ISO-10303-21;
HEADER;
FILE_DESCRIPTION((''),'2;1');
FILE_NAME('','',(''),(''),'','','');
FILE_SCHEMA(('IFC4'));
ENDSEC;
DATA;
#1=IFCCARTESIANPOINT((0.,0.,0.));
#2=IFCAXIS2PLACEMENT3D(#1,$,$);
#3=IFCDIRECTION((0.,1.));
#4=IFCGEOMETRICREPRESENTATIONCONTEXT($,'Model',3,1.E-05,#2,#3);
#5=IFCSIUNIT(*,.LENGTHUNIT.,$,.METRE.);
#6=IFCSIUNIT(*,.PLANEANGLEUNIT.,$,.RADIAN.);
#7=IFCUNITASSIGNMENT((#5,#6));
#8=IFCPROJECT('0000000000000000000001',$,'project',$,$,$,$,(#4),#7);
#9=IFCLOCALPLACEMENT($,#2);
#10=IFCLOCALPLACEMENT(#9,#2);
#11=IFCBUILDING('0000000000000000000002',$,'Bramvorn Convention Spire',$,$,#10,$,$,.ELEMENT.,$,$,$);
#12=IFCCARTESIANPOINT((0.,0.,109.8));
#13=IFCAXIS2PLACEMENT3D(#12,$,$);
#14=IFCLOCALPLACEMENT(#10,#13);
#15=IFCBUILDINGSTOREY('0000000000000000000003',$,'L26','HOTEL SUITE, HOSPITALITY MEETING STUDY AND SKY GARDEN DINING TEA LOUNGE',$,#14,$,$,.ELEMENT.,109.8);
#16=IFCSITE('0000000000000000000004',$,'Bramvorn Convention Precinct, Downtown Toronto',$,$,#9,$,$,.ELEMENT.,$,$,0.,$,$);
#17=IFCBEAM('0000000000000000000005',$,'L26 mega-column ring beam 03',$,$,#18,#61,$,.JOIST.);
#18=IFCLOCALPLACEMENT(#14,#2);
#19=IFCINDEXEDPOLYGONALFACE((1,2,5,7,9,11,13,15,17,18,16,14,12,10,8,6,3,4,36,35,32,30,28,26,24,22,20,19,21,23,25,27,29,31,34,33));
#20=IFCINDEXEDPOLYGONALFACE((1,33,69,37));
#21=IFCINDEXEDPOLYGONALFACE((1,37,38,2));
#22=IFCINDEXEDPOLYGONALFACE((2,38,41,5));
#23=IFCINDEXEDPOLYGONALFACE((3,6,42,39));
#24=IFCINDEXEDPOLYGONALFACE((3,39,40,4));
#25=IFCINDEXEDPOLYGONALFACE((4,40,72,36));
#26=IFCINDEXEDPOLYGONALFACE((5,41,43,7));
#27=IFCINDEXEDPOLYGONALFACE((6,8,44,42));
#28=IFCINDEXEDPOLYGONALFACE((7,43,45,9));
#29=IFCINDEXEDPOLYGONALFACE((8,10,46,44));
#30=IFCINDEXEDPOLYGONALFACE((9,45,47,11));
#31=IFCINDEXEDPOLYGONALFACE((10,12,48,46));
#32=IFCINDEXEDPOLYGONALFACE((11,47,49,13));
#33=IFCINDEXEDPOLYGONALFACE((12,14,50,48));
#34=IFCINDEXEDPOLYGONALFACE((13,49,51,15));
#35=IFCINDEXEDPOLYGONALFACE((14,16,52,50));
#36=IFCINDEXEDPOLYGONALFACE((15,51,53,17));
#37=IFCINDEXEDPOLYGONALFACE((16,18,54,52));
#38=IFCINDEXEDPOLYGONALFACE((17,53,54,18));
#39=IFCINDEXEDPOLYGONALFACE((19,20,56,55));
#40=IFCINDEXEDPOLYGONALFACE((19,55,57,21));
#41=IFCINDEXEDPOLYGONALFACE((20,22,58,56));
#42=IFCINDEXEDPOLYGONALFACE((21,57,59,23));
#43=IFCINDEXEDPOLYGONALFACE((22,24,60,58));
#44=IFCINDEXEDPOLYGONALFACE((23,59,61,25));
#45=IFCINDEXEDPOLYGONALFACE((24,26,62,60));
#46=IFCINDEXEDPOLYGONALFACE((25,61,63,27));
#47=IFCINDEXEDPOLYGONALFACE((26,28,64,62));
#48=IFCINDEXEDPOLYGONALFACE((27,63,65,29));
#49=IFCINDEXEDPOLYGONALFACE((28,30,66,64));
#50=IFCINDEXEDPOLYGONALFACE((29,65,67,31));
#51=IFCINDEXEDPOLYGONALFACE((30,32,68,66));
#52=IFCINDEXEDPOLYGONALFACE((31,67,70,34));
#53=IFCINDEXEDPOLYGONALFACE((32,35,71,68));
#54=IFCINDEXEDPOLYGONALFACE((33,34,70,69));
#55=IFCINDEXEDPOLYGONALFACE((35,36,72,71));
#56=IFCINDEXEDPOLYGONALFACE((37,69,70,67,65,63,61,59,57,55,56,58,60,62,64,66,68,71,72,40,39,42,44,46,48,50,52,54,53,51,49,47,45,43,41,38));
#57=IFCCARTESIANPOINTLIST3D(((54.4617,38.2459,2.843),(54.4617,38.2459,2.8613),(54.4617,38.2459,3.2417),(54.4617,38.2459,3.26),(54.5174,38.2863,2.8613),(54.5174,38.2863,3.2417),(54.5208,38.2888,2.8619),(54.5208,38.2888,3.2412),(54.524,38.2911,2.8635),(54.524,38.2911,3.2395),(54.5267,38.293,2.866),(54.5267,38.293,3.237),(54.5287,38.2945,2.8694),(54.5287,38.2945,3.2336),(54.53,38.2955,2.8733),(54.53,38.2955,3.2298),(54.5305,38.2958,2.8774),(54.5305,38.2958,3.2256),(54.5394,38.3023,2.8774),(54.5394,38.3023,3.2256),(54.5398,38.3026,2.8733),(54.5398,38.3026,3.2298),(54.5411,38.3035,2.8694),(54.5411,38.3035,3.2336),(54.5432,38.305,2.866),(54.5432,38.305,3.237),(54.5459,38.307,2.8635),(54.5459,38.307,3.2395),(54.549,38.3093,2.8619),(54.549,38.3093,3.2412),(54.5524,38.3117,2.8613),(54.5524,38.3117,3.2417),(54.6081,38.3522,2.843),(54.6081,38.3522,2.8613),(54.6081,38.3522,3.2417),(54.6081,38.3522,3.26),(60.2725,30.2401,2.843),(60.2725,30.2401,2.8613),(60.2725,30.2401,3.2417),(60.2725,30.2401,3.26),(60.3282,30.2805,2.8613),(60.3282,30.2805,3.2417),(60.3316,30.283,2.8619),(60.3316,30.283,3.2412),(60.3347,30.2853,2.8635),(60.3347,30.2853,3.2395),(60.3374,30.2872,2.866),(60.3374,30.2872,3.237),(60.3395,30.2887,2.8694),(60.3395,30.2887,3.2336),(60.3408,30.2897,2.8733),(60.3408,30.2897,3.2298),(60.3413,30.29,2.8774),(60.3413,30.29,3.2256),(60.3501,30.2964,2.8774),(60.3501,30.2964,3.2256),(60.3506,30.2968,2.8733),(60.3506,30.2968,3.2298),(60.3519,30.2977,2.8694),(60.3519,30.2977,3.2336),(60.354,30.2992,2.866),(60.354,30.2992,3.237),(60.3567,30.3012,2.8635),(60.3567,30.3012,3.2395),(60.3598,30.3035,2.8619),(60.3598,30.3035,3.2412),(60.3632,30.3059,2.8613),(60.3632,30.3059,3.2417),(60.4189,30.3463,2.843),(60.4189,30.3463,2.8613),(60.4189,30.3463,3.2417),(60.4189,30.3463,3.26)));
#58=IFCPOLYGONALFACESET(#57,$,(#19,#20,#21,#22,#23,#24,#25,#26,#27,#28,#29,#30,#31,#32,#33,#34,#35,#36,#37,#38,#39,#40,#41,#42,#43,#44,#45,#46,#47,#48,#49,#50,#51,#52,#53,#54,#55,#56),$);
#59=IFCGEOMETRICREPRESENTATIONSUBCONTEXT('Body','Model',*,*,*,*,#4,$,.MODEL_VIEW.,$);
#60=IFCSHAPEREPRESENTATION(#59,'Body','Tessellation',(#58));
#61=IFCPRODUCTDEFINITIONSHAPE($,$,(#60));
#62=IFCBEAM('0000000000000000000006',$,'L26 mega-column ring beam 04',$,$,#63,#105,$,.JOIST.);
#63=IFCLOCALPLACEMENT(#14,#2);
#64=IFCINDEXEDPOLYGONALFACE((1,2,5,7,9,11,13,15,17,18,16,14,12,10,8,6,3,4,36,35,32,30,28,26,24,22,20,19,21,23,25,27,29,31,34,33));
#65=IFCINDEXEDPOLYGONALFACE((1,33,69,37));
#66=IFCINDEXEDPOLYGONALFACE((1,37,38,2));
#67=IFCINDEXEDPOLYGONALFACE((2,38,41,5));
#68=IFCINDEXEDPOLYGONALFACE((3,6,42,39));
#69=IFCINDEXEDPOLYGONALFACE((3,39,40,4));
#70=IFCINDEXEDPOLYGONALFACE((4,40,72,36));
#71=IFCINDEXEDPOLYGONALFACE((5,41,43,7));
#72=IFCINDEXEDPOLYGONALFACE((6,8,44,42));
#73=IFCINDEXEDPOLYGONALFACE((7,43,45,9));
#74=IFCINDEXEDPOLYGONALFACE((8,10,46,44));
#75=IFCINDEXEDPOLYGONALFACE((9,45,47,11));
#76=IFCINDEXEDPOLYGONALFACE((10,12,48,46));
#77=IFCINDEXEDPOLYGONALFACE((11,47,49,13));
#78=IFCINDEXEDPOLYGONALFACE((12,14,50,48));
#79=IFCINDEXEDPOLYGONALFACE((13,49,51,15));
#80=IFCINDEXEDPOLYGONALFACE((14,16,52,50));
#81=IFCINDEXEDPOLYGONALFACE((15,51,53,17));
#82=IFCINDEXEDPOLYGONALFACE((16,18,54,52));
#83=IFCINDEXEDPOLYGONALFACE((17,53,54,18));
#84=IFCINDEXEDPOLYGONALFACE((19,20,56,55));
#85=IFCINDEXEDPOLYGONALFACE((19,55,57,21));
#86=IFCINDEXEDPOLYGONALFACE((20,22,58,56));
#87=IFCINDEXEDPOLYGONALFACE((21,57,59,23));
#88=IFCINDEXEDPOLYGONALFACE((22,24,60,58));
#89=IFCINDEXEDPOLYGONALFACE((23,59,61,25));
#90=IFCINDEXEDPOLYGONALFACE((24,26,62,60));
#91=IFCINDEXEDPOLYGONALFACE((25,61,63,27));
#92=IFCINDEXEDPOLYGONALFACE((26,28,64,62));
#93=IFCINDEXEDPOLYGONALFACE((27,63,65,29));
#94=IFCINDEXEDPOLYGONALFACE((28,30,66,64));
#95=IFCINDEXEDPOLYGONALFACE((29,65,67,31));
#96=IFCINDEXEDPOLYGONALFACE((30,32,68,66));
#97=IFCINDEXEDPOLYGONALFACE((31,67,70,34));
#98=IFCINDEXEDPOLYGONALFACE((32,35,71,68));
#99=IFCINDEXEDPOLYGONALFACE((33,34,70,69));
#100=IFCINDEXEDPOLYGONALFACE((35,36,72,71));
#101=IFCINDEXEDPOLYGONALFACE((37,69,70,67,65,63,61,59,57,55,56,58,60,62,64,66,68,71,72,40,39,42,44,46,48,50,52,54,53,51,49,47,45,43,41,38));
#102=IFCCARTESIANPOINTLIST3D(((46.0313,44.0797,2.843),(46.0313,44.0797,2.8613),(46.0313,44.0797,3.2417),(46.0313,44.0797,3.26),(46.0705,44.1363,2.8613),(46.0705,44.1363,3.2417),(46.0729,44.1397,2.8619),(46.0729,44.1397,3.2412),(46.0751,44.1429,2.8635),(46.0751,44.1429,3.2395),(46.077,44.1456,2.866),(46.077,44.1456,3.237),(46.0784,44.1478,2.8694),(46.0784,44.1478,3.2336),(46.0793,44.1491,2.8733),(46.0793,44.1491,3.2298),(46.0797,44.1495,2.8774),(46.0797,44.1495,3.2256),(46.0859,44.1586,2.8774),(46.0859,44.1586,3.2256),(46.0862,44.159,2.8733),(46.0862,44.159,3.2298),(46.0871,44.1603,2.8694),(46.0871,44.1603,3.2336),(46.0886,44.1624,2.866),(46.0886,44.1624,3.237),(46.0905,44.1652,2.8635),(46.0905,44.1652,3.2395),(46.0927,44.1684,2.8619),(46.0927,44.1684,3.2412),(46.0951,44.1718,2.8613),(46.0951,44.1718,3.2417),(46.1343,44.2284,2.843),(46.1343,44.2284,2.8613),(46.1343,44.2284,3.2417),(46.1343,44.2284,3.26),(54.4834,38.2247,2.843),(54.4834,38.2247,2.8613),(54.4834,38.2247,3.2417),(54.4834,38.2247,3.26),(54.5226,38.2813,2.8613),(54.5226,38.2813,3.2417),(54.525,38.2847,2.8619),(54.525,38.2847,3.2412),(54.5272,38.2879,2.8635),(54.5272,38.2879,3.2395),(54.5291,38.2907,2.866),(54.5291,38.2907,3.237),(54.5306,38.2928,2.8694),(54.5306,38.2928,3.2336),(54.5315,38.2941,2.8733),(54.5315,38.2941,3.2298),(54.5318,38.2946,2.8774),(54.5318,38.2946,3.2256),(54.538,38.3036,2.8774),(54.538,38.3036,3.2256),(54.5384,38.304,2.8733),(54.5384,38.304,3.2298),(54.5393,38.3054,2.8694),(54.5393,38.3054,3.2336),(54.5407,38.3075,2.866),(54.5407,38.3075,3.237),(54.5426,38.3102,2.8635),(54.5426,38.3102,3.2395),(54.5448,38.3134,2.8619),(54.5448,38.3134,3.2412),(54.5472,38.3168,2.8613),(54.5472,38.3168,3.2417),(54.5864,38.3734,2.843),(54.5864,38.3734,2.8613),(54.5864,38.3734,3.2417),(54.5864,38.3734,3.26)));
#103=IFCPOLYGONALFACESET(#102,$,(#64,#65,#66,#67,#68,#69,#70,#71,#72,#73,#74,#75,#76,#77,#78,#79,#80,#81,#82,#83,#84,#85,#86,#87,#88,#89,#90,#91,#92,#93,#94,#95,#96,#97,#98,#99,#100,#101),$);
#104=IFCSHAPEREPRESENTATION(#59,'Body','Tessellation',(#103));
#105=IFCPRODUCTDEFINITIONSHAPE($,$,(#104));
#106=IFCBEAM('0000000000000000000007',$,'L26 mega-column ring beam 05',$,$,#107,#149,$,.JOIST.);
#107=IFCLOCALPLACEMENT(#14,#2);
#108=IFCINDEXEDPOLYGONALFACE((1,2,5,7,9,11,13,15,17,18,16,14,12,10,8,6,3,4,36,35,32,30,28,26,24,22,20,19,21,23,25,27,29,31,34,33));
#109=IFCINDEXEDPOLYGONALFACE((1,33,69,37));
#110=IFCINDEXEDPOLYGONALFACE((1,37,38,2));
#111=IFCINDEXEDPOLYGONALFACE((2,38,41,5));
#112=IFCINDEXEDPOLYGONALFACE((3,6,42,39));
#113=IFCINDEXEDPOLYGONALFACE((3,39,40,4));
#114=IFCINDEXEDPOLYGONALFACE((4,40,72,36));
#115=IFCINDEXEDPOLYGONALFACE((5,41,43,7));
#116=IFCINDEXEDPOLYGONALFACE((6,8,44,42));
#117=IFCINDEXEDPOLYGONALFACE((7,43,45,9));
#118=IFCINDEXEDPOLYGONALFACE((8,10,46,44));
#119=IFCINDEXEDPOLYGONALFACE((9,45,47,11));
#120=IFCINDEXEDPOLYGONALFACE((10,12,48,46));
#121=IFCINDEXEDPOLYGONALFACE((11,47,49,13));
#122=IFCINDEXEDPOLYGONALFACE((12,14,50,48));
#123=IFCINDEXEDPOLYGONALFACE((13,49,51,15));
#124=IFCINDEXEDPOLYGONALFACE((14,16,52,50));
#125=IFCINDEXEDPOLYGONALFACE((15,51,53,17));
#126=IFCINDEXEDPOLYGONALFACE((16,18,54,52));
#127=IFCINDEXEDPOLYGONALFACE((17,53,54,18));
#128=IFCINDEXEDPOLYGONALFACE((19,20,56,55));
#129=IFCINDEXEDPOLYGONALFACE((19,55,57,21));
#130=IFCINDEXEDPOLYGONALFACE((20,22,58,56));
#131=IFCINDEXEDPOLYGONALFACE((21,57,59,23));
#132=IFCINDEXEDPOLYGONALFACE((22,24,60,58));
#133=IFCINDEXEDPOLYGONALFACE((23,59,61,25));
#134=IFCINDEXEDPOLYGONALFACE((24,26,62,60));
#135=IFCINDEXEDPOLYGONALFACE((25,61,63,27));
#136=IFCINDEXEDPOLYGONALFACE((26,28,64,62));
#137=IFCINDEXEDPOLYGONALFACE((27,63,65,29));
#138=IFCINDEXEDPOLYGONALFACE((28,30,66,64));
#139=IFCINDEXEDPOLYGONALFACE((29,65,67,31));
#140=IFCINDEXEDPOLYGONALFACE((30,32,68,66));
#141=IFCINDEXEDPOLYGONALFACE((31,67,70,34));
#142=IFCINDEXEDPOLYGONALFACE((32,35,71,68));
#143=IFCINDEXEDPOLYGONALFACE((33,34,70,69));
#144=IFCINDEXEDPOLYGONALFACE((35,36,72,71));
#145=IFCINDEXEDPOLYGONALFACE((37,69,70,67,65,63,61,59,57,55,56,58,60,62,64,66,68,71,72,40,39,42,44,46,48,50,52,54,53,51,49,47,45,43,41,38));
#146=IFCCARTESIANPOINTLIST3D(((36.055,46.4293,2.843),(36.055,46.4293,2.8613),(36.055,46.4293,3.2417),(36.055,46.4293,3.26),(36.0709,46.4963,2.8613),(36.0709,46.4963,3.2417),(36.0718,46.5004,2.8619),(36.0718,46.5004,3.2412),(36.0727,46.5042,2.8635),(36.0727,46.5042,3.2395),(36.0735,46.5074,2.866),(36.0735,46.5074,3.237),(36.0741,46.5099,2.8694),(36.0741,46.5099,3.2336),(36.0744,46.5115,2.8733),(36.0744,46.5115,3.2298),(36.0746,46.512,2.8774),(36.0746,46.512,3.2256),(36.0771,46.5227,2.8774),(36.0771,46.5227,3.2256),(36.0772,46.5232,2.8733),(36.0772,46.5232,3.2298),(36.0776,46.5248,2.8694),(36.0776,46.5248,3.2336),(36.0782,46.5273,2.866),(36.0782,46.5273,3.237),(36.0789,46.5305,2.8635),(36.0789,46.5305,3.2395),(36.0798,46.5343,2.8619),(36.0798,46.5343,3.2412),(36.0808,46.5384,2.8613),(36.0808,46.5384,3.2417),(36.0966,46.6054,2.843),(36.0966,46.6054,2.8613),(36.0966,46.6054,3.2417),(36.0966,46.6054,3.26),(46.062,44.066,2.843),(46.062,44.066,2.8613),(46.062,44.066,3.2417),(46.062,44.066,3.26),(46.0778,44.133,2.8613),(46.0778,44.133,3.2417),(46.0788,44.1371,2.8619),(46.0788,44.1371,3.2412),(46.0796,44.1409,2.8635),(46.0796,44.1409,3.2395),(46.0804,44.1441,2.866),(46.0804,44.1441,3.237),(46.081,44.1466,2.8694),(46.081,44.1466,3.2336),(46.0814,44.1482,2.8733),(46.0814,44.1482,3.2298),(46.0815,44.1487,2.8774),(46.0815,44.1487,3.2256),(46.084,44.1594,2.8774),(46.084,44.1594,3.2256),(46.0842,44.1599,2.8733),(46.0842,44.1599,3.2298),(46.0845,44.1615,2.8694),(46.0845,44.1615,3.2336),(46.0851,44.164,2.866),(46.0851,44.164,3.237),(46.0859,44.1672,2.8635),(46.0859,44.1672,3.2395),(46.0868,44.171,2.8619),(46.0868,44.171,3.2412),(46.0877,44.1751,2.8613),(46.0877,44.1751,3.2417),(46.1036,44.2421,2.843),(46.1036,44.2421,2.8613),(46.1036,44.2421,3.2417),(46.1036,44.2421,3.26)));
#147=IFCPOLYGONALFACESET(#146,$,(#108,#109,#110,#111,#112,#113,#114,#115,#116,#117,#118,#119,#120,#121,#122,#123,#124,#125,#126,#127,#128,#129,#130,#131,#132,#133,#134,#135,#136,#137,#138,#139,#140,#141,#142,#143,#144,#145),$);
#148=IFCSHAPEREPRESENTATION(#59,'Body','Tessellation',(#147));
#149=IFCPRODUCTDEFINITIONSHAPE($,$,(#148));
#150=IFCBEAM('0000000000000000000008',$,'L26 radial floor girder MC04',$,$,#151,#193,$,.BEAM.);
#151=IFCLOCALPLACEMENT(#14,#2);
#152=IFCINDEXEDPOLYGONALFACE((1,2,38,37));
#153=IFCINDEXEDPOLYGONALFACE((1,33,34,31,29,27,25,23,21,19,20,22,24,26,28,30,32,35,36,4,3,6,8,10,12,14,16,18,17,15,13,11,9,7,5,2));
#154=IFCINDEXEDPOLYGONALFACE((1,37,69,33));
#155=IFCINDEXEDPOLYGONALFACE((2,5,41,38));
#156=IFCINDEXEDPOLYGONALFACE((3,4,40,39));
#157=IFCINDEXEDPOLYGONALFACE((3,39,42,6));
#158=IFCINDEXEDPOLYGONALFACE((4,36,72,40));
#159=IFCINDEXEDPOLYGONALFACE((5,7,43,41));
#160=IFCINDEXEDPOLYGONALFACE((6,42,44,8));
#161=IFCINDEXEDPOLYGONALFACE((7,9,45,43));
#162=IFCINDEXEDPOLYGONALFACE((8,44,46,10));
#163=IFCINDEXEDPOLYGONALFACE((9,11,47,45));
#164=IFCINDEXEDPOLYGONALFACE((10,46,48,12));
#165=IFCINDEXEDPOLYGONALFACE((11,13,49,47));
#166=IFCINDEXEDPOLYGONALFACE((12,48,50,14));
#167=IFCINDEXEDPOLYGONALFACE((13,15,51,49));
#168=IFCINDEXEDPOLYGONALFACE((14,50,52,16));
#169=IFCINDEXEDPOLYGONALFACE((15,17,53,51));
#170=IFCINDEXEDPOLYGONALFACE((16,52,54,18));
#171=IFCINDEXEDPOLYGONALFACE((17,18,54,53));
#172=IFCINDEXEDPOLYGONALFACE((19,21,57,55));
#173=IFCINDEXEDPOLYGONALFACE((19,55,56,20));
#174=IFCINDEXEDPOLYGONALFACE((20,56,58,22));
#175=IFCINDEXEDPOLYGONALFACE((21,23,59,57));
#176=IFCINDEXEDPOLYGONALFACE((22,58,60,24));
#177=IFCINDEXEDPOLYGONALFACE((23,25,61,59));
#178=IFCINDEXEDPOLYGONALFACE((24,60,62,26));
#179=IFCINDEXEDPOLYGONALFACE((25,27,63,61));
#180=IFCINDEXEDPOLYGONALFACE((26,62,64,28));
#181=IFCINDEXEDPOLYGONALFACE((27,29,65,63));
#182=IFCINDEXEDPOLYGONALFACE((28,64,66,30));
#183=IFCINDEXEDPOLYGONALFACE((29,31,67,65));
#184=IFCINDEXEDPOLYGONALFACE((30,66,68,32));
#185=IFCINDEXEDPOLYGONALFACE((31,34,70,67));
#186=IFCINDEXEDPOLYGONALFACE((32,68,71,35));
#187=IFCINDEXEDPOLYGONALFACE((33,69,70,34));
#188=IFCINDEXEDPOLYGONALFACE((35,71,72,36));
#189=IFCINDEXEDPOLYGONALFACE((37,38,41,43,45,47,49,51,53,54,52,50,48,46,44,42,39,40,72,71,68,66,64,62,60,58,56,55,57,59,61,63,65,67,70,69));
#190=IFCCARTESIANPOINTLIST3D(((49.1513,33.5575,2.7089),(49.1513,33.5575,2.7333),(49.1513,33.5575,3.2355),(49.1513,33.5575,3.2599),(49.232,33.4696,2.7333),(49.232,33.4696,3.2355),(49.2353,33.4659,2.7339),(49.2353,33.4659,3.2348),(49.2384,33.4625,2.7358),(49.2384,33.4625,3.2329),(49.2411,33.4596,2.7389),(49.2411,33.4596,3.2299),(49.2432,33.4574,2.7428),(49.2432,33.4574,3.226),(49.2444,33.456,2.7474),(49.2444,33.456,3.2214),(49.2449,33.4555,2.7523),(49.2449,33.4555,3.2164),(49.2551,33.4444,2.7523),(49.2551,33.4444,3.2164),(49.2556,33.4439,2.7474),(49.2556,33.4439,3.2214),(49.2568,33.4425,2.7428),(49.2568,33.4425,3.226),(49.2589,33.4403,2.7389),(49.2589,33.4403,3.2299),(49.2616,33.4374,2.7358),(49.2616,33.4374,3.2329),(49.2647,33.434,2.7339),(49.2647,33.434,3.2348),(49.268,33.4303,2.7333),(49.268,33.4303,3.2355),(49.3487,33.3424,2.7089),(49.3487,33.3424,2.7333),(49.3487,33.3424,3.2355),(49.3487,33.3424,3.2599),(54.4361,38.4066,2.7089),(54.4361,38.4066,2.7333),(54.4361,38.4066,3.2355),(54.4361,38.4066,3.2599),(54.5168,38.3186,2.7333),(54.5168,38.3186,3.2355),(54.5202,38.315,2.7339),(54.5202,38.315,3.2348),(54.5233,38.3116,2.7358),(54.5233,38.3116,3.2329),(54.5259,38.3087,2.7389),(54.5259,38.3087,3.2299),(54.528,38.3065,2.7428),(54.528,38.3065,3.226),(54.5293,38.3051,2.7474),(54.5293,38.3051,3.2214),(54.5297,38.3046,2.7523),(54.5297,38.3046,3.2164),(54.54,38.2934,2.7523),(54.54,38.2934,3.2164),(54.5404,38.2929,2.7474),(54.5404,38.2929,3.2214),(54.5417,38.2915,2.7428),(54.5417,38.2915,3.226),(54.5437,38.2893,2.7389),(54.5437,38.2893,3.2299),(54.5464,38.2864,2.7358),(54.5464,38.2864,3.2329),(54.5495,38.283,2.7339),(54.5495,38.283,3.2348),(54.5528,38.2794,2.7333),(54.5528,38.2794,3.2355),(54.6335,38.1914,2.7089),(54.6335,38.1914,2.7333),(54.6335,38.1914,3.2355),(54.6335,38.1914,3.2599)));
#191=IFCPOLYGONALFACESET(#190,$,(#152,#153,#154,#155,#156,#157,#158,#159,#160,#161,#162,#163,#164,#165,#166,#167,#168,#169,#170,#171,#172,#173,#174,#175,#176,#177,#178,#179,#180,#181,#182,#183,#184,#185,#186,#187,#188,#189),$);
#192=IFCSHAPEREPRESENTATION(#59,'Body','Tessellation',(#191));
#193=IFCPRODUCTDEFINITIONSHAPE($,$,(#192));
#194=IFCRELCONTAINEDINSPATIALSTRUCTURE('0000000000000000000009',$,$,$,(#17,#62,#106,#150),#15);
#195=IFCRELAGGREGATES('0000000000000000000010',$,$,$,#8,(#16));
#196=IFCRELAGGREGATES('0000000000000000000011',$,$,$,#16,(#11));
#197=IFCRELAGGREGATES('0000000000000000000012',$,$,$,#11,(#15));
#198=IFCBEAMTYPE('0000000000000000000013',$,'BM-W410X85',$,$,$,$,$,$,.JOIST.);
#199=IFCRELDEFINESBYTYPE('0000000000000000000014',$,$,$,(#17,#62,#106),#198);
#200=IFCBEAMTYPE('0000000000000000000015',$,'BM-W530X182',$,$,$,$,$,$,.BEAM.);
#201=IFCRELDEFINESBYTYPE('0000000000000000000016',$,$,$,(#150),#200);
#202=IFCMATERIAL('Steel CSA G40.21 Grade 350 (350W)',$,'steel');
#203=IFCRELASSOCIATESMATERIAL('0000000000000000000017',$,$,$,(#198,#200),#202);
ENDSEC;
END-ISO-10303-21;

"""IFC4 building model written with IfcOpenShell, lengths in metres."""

from ifc_helpers import new_model, si_unit, direction, frame, origin, origin_2d, place, context, subcontext, project, spatial, i_section, extrude, material, material_profile, profile_set, type_object, element, save


model = new_model("IFC4")

# Units and contexts
model_context = context("Model", 3, precision=1e-05, world=origin(), true_north=direction((0.0, 1.0)))
body_context = subcontext(model_context, "Body", "Model", "MODEL_VIEW")
ifc_project = project(units=[si_unit("LENGTHUNIT", "METRE"), si_unit("PLANEANGLEUNIT", "RADIAN")], contexts=[model_context])

# Site, building, storey
site_placement = place(None, origin())
site = spatial("IfcSite", under=ifc_project, at=site_placement, Name="Bramvorn Convention Precinct, Downtown Toronto", CompositionType="ELEMENT", RefElevation=0.0)
building_placement = place(site_placement, origin())
building = spatial("IfcBuilding", under=site, at=building_placement, Name="Bramvorn Convention Spire", CompositionType="ELEMENT")
storey_placement = place(building_placement, frame((0.0, 0.0, 109.8)))
storey = spatial("IfcBuildingStorey", under=building, at=storey_placement, Name="L26", Description="HOTEL SUITE, HOSPITALITY MEETING STUDY AND SKY GARDEN DINING TEA LOUNGE", CompositionType="ELEMENT", Elevation=109.8)

# Shared definitions
ifc_material_1 = material(Name="Steel CSA G40.21 Grade 350 (350W)", Category="steel")

# Beams
ifc_material_profile_1 = material_profile(ifc_material_1, i_section(OverallWidth=0.1809, OverallDepth=0.417, WebThickness=0.011, FlangeThickness=0.0183, FilletRadius=0.0161, at=origin_2d()))
ifc_profile_set_1 = profile_set([ifc_material_profile_1], Name="Steel CSA G40.21 Grade 350 (350W) - W410X85")
beam_type_1 = type_object("IfcBeamType", Name="BM-W410X85", PredefinedType="JOIST", material=ifc_profile_set_1)
beam_1_placement = place(storey_placement, frame((60.3457, 30.2932, 3.0515), z_axis=(-0.587401, 0.809296, 0.0), x_axis=(-0.809296, -0.587401, 0.0)))
element("IfcBeam", 1, at=beam_1_placement, inside=storey, type_object=beam_type_1, Name="L26 mega-column ring beam 03", PredefinedType="JOIST", context=body_context, shape_type="SweptSolid", body=[
    extrude(i_section(OverallWidth=0.1809, OverallDepth=0.417, WebThickness=0.011, FlangeThickness=0.0183, FilletRadius=0.0161, at=origin_2d()), origin(), (0.0, 0.0, 1.0), 9.8923),
])
beam_2_placement = place(storey_placement, frame((54.5349, 38.2991, 3.0515), z_axis=(-0.822033, 0.56944, 0.0), x_axis=(-0.56944, -0.822033, 0.0)))
element("IfcBeam", 2, at=beam_2_placement, inside=storey, type_object=beam_type_1, Name="L26 mega-column ring beam 04", PredefinedType="JOIST", context=body_context, shape_type="SweptSolid", body=[
    extrude(i_section(OverallWidth=0.1809, OverallDepth=0.417, WebThickness=0.011, FlangeThickness=0.0183, FilletRadius=0.0161, at=origin_2d()), origin(), (0.0, 0.0, 1.0), 10.282),
])
beam_3_placement = place(storey_placement, frame((46.0828, 44.1541, 3.0515), z_axis=(-0.973228, 0.229844, 0.0), x_axis=(-0.229844, -0.973228, 0.0)))
element("IfcBeam", 3, at=beam_3_placement, inside=storey, type_object=beam_type_1, Name="L26 mega-column ring beam 05", PredefinedType="JOIST", context=body_context, shape_type="SweptSolid", body=[
    extrude(i_section(OverallWidth=0.1809, OverallDepth=0.417, WebThickness=0.011, FlangeThickness=0.0183, FilletRadius=0.0161, at=origin_2d()), origin(), (0.0, 0.0, 1.0), 10.2822),
])
ifc_material_profile_2 = material_profile(ifc_material_1, i_section(OverallWidth=0.292, OverallDepth=0.551, WebThickness=0.0151, FlangeThickness=0.0244, FilletRadius=0.019, at=origin_2d()))
ifc_profile_set_2 = profile_set([ifc_material_profile_2], Name="Steel CSA G40.21 Grade 350 (350W) - W530X182")
beam_type_2 = type_object("IfcBeamType", Name="BM-W530X182", PredefinedType="BEAM", material=ifc_profile_set_2)
beam_4_placement = place(storey_placement, frame((49.25, 33.45, 2.9844), z_axis=(0.736833, 0.676074, 0.0), x_axis=(-0.676074, 0.736833, 0.0)))
element("IfcBeam", 4, at=beam_4_placement, inside=storey, type_object=beam_type_2, Name="L26 radial floor girder MC04", PredefinedType="BEAM", context=body_context, shape_type="SweptSolid", body=[
    extrude(i_section(OverallWidth=0.292, OverallDepth=0.551, WebThickness=0.0151, FlangeThickness=0.0244, FilletRadius=0.019, at=origin_2d()), origin(), (0.0, 0.0, 1.0), 7.1724),
])

save(model, "model.ifc")
